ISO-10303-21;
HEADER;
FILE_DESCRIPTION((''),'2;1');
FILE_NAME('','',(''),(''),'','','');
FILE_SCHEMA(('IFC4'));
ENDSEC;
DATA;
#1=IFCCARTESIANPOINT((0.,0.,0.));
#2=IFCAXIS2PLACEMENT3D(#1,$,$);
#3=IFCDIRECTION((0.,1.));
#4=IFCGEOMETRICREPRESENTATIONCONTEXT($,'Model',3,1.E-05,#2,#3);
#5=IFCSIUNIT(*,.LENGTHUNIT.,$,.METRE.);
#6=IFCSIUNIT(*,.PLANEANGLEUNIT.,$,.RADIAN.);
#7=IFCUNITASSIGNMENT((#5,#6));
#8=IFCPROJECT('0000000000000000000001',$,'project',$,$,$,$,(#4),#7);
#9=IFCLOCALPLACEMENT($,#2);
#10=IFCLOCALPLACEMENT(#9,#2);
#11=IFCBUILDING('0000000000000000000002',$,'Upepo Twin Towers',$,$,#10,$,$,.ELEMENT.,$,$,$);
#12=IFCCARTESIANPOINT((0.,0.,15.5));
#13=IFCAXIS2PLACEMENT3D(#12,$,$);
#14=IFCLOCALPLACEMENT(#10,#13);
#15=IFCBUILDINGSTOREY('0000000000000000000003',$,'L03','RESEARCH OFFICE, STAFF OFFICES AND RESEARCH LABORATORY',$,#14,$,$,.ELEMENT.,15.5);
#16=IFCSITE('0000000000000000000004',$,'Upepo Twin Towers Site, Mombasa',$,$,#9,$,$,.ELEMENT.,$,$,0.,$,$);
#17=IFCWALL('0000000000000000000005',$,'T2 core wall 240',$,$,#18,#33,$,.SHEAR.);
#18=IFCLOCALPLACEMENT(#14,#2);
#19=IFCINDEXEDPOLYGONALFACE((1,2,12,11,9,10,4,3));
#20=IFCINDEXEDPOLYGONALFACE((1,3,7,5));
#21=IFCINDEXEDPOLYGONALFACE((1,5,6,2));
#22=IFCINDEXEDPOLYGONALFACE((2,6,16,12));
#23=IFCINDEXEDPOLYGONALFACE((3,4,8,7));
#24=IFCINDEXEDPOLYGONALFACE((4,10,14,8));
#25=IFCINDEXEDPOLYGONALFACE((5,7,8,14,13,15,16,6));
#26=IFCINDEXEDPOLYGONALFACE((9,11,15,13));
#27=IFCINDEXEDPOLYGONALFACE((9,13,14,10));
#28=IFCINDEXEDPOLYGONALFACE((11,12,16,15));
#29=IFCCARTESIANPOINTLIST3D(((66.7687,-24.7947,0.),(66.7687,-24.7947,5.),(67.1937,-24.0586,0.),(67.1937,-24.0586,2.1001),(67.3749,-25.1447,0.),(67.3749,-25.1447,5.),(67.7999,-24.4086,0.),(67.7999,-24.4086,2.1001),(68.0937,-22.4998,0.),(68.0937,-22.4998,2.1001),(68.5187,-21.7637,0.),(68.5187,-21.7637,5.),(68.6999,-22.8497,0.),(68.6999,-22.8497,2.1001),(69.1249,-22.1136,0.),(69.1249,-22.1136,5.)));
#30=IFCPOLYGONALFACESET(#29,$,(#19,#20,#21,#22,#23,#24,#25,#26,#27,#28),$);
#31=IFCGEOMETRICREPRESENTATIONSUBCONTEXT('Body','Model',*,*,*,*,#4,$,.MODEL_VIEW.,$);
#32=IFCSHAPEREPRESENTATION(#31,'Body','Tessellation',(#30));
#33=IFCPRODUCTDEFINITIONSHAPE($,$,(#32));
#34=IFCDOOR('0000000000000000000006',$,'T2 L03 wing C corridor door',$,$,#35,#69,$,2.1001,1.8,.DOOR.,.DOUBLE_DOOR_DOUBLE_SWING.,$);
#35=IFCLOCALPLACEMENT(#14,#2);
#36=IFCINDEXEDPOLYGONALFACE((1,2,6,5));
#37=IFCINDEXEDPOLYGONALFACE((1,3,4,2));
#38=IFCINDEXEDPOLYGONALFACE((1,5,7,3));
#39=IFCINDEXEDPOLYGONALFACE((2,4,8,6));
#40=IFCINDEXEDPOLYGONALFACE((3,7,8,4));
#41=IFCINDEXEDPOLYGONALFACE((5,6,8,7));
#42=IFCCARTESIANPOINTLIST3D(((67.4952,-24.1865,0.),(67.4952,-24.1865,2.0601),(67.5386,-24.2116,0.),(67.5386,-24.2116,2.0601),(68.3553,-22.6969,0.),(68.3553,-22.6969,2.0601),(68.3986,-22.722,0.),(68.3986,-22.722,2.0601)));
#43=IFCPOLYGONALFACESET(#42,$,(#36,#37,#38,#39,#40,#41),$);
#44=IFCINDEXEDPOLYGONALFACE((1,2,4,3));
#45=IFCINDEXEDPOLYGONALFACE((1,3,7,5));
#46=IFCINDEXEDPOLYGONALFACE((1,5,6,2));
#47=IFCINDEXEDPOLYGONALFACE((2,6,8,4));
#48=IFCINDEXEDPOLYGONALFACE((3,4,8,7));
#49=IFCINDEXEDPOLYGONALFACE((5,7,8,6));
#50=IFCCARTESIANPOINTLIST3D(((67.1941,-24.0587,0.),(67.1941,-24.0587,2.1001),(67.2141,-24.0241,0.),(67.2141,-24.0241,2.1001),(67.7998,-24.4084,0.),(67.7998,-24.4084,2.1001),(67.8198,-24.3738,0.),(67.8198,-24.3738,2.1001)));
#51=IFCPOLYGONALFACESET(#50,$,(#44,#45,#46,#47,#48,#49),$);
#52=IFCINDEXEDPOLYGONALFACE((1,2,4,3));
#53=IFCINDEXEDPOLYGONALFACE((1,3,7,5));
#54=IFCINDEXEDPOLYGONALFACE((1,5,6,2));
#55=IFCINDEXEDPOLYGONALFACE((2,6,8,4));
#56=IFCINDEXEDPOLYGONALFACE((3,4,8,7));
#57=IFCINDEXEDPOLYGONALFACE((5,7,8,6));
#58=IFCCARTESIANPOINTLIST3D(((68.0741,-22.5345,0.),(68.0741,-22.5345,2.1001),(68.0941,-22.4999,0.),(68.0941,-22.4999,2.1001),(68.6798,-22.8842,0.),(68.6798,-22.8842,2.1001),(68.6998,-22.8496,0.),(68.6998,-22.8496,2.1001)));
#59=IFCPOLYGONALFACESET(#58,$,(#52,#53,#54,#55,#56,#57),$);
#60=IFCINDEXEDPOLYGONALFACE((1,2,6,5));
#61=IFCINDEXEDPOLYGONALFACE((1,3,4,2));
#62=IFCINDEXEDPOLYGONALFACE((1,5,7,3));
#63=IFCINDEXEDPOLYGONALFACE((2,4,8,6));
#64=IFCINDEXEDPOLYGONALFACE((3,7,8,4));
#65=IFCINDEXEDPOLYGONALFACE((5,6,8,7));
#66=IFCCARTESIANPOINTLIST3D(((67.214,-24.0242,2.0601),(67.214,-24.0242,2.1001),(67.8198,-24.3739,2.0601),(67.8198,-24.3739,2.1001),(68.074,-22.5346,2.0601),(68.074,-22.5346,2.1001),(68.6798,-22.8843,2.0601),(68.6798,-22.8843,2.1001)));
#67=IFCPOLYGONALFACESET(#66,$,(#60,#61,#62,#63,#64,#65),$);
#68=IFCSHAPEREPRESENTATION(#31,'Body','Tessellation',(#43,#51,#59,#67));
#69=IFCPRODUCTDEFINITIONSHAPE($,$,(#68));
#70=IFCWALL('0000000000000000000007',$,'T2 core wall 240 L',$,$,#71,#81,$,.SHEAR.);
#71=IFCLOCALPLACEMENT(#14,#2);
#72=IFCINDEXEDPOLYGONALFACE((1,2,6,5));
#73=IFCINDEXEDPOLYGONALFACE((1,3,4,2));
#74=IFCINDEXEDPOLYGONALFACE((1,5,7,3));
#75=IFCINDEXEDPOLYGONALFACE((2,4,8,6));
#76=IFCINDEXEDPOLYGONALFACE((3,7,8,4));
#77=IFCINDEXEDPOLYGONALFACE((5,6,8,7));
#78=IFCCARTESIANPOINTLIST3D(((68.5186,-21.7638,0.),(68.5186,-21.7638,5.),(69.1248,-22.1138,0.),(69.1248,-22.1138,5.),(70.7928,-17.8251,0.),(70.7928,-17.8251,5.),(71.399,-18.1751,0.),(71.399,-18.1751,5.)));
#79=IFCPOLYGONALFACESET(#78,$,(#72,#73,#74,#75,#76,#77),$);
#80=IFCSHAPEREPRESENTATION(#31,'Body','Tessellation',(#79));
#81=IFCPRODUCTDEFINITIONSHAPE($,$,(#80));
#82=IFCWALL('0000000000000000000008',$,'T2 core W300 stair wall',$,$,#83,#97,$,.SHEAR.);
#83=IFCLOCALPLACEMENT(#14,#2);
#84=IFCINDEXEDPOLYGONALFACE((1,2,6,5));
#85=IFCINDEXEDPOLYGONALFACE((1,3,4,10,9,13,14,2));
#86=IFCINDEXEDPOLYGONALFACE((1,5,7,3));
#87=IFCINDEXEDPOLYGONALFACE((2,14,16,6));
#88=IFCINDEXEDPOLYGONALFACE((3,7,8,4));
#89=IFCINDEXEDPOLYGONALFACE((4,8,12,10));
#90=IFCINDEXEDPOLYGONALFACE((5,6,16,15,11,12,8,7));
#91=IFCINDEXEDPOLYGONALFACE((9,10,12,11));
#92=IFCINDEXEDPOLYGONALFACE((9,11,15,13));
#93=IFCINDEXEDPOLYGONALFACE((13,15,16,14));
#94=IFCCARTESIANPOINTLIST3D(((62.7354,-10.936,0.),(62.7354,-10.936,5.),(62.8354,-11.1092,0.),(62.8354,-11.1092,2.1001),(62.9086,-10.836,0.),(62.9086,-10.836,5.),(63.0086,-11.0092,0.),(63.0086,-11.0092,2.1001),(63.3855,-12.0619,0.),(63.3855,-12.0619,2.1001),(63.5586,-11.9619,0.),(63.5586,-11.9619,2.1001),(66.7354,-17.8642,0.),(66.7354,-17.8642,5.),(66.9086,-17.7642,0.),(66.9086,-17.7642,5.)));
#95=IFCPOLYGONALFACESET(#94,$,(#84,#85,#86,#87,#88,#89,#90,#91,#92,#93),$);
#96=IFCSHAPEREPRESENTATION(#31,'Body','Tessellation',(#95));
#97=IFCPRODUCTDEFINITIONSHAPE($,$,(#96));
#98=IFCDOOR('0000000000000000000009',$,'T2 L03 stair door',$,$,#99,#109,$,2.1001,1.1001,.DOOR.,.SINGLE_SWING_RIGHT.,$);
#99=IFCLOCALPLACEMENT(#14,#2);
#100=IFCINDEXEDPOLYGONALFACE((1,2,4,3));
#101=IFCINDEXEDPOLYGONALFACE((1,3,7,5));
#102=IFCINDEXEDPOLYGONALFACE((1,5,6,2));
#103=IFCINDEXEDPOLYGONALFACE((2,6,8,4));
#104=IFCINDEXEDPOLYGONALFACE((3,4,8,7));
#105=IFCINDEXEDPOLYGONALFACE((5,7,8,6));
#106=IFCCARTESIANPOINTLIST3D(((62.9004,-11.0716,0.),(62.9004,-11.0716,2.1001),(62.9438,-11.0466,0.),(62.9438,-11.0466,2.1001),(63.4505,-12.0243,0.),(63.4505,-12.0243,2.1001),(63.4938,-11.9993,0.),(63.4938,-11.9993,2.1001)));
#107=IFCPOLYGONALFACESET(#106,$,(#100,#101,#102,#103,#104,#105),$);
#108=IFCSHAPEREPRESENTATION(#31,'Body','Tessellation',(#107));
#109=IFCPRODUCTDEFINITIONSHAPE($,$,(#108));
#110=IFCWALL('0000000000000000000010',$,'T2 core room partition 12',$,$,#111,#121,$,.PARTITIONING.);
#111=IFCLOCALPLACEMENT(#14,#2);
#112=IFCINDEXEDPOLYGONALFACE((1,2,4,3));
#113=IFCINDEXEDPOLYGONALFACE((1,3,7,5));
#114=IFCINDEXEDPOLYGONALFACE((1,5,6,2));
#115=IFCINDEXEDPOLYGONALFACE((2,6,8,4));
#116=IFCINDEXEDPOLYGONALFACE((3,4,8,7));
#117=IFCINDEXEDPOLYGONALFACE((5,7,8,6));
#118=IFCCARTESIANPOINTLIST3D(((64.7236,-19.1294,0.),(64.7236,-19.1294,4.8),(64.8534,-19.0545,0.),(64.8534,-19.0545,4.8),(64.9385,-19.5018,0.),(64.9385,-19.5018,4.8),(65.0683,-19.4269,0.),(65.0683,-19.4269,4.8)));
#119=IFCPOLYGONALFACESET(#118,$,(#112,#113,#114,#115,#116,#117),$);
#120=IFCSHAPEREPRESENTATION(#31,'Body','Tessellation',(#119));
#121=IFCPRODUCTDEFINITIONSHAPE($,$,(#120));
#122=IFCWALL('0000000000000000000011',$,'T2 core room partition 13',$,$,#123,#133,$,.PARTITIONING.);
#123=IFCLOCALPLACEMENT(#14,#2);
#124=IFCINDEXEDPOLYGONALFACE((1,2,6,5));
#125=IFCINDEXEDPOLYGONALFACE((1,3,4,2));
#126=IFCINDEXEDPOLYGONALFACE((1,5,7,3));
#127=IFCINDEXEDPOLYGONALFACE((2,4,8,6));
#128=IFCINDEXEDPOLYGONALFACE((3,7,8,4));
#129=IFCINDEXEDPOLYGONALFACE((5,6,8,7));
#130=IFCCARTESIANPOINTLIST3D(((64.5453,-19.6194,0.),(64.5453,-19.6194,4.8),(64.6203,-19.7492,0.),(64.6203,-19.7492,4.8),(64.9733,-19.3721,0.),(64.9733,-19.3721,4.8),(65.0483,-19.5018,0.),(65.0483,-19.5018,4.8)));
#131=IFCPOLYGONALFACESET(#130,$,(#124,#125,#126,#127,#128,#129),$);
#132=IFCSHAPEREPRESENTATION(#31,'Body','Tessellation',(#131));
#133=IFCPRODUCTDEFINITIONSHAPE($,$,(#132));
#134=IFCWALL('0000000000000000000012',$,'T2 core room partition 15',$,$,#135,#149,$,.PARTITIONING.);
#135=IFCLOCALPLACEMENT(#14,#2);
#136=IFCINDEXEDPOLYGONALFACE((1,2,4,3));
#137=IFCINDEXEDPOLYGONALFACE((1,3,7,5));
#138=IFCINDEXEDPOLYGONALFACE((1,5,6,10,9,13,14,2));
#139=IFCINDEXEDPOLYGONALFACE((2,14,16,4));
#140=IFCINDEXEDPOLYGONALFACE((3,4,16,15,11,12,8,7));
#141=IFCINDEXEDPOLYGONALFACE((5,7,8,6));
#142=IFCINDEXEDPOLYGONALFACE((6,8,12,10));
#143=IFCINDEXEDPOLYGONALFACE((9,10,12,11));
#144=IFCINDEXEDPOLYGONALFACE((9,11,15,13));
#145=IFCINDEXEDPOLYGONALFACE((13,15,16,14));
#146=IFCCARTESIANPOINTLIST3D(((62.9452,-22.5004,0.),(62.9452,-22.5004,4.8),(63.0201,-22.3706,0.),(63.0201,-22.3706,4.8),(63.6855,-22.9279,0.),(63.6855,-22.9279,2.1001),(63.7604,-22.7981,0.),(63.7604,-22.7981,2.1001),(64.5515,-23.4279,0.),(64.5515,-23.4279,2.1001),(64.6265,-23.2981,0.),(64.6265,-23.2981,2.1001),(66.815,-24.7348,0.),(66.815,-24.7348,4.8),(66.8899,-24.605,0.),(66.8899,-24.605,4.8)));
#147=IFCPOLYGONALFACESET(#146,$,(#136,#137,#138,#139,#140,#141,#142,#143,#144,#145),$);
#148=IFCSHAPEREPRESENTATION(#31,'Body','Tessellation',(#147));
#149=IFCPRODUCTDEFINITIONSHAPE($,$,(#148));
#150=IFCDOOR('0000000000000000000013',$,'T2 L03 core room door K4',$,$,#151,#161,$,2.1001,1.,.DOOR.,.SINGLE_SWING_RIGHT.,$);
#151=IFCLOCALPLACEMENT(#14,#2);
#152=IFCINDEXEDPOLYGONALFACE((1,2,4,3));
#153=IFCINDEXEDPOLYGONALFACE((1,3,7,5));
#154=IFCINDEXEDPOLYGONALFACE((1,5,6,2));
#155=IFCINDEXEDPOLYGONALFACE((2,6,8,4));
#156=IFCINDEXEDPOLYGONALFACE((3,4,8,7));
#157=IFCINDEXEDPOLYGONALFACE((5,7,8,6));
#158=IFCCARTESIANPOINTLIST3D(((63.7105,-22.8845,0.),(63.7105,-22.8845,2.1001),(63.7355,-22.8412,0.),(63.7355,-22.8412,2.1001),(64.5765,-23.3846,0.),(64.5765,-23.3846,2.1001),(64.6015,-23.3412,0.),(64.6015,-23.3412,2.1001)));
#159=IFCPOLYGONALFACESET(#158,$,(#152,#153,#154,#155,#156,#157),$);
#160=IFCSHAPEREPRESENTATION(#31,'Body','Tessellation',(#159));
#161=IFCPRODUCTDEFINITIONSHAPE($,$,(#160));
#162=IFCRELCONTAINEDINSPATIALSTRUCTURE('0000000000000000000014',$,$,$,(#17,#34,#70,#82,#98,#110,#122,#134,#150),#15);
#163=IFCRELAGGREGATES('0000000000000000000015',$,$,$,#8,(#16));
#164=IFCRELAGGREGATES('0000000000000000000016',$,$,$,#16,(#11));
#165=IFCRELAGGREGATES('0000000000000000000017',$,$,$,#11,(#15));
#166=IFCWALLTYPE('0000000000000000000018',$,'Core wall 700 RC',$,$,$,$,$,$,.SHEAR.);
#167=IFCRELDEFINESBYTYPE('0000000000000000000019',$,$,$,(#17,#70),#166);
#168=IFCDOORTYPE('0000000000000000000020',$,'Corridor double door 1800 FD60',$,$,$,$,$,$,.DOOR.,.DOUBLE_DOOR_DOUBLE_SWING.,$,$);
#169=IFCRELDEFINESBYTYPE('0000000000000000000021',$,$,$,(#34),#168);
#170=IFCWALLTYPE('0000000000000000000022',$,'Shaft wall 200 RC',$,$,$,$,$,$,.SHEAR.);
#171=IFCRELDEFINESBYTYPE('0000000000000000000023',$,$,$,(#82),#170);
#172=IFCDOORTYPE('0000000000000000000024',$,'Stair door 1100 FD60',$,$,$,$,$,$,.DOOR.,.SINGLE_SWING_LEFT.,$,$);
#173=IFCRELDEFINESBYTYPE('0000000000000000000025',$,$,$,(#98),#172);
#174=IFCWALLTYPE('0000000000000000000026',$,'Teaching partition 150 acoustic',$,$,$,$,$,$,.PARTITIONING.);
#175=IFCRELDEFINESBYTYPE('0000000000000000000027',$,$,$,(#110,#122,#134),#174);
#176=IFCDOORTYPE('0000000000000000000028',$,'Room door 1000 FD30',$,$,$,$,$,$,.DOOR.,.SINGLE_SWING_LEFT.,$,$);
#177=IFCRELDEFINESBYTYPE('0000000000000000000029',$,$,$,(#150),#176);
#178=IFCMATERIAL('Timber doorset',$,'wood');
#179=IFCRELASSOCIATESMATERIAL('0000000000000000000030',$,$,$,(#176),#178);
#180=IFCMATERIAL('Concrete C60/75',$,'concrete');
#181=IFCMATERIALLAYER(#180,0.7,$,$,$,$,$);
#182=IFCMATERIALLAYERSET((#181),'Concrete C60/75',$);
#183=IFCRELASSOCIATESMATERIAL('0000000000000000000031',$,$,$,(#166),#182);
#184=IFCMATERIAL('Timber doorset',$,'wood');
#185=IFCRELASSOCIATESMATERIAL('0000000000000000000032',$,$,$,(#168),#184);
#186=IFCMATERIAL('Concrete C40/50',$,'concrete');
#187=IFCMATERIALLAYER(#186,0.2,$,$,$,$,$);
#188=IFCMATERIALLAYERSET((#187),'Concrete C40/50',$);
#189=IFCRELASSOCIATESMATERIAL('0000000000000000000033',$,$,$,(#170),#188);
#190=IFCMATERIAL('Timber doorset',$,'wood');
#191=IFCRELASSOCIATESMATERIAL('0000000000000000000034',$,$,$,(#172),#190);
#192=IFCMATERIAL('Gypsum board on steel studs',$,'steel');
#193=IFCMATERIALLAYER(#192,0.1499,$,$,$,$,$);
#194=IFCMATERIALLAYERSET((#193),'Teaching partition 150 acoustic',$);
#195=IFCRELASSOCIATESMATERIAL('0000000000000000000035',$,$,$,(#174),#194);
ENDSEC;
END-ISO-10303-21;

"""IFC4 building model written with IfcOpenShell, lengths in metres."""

from ifc_helpers import new_model, si_unit, direction, frame, frame_2d, origin, place, context, subcontext, project, spatial, rectangle, extrude, material, layer, layer_set, type_object, element, fill, save


model = new_model("IFC4")

# Units and contexts
model_context = context("Model", 3, precision=1e-05, world=origin(), true_north=direction((0.0, 1.0)))
body_context = subcontext(model_context, "Body", "Model", "MODEL_VIEW")
ifc_project = project(units=[si_unit("LENGTHUNIT", "METRE"), si_unit("PLANEANGLEUNIT", "RADIAN")], contexts=[model_context])

# Site, building, storey
site_placement = place(None, origin())
site = spatial("IfcSite", under=ifc_project, at=site_placement, Name="Upepo Twin Towers Site, Mombasa", CompositionType="ELEMENT", RefElevation=0.0)
building_placement = place(site_placement, origin())
building = spatial("IfcBuilding", under=site, at=building_placement, Name="Upepo Twin Towers", CompositionType="ELEMENT")
storey_placement = place(building_placement, frame((0.0, 0.0, 15.5)))
storey = spatial("IfcBuildingStorey", under=building, at=storey_placement, Name="L03", Description="RESEARCH OFFICE, STAFF OFFICES AND RESEARCH LABORATORY", CompositionType="ELEMENT", Elevation=15.5)

# Wall, opening, door
ifc_material_1 = material(Name="Timber doorset", Category="wood")
door_type_1 = type_object("IfcDoorType", Name="Room door 1000 FD30", OperationType="SINGLE_SWING_LEFT", PredefinedType="DOOR", material=ifc_material_1)
ifc_material_2 = material(Name="Concrete C60/75", Category="concrete")
ifc_layer_1 = layer(ifc_material_2, 0.7)
ifc_layer_set_1 = layer_set([ifc_layer_1], Name="Concrete C60/75")
wall_type_1 = type_object("IfcWallType", Name="Core wall 700 RC", PredefinedType="SHEAR", material=ifc_layer_set_1)
wall_1_placement = place(storey_placement, frame((67.0718, -24.9697, 0.0), z_axis=(0.0, 0.0, 1.0), x_axis=(0.50001, 0.866019, 0.0)))
wall_1 = element("IfcWall", 1, at=wall_1_placement, inside=storey, type_object=wall_type_1, Name="T2 core wall 240", PredefinedType="SHEAR", context=body_context, shape_type="SweptSolid", body=[
    extrude(rectangle(XDim=3.5, YDim=0.7, at=frame_2d((1.75, 0.0))), origin(), (0.0, 0.0, 1.0), 5.0),
])
opening_1_placement = place(wall_1_placement, frame((0.8501, 0.0, 0.0)))
opening_1 = element("IfcOpeningElement", 2, at=opening_1_placement, cuts=wall_1, PredefinedType="OPENING", context=body_context, shape_type="SweptSolid", body=[
    extrude(rectangle(XDim=1.8, YDim=2.1001, at=frame_2d((0.8999, 1.05))), frame((0.0, 0.3599, 0.0), z_axis=(0.0, -1.0, 0.0), x_axis=(1.0, 0.0, 0.0)), (0.0, 0.0, 1.0), 0.72),
])
ifc_material_3 = material(Name="Timber doorset", Category="wood")
door_type_2 = type_object("IfcDoorType", Name="Corridor double door 1800 FD60", OperationType="DOUBLE_DOOR_DOUBLE_SWING", PredefinedType="DOOR", material=ifc_material_3)
door_1_placement = place(opening_1_placement, origin())
door_1 = element("IfcDoor", 3, at=door_1_placement, inside=storey, type_object=door_type_2, Name="T2 L03 wing C corridor door", OperationType="DOUBLE_DOOR_DOUBLE_SWING", OverallHeight=2.1001, OverallWidth=1.8, PredefinedType="DOOR", context=body_context, shape_type="SweptSolid", body=[
    extrude(rectangle(XDim=1.72, YDim=2.0601, at=frame_2d((0.8999, 1.03))), frame((0.0, 0.0249, 0.0), z_axis=(0.0, -1.0, 0.0), x_axis=(1.0, 0.0, 0.0)), (0.0, 0.0, 1.0), 0.05),
    extrude(rectangle(XDim=0.04, YDim=2.1001, at=frame_2d((0.02, 1.05))), frame((0.0, 0.3496, 0.0), z_axis=(0.0, -1.0, 0.0), x_axis=(1.0, 0.0, 0.0)), (0.0, 0.0, 1.0), 0.6995),
    extrude(rectangle(XDim=0.04, YDim=2.1001, at=frame_2d((1.78, 1.05))), frame((0.0, 0.3496, 0.0), z_axis=(0.0, -1.0, 0.0), x_axis=(1.0, 0.0, 0.0)), (0.0, 0.0, 1.0), 0.6995),
    extrude(rectangle(XDim=1.72, YDim=0.04, at=frame_2d((0.8999, 2.0801))), frame((0.0, 0.3496, 0.0), z_axis=(0.0, -1.0, 0.0), x_axis=(1.0, 0.0, 0.0)), (0.0, 0.0, 1.0), 0.6995),
])
fill(opening_1, door_1)

# Wall
wall_2_placement = place(storey_placement, frame((68.8218, -21.9387, 0.0), z_axis=(0.0, 0.0, 1.0), x_axis=(0.500024, 0.866011, 0.0)))
element("IfcWall", 4, at=wall_2_placement, inside=storey, type_object=wall_type_1, Name="T2 core wall 240 L", PredefinedType="SHEAR", context=body_context, shape_type="SweptSolid", body=[
    extrude(rectangle(XDim=4.5481, YDim=0.7, at=frame_2d((2.2739, 0.0))), origin(), (0.0, 0.0, 1.0), 5.0),
])

# Wall, opening, door
ifc_material_4 = material(Name="Concrete C40/50", Category="concrete")
ifc_layer_2 = layer(ifc_material_4, 0.2)
ifc_layer_set_2 = layer_set([ifc_layer_2], Name="Concrete C40/50")
wall_type_2 = type_object("IfcWallType", Name="Shaft wall 200 RC", PredefinedType="SHEAR", material=ifc_layer_set_2)
wall_3_placement = place(storey_placement, frame((66.822, -17.8142, 0.0), z_axis=(0.0, 0.0, 1.0), x_axis=(-0.499999, 0.866026, 0.0)))
wall_3 = element("IfcWall", 5, at=wall_3_placement, inside=storey, type_object=wall_type_2, Name="T2 core W300 stair wall", PredefinedType="SHEAR", context=body_context, shape_type="SweptSolid", body=[
    extrude(rectangle(XDim=8.0, YDim=0.2, at=frame_2d((4.0, 0.0))), origin(), (0.0, 0.0, 1.0), 5.0),
])
opening_2_placement = place(wall_3_placement, frame((6.7, 0.0, 0.0)))
opening_2 = element("IfcOpeningElement", 6, at=opening_2_placement, cuts=wall_3, PredefinedType="OPENING", context=body_context, shape_type="SweptSolid", body=[
    extrude(rectangle(XDim=1.1001, YDim=2.1001, at=frame_2d((0.55, 1.05))), frame((0.0, 0.1099, 0.0), z_axis=(0.0, -1.0, 0.0), x_axis=(1.0, 0.0, 0.0)), (0.0, 0.0, 1.0), 0.22),
])
ifc_material_5 = material(Name="Timber doorset", Category="wood")
door_type_3 = type_object("IfcDoorType", Name="Stair door 1100 FD60", OperationType="SINGLE_SWING_LEFT", PredefinedType="DOOR", material=ifc_material_5)
door_2_placement = place(opening_2_placement, origin())
door_2 = element("IfcDoor", 7, at=door_2_placement, inside=storey, type_object=door_type_3, Name="T2 L03 stair door", OperationType="SINGLE_SWING_RIGHT", OverallHeight=2.1001, OverallWidth=1.1001, PredefinedType="DOOR", context=body_context, shape_type="SweptSolid", body=[
    extrude(rectangle(XDim=1.1001, YDim=2.1001, at=frame_2d((0.55, 1.05))), frame((0.0, 0.0249, 0.0), z_axis=(0.0, -1.0, 0.0), x_axis=(1.0, 0.0, 0.0)), (0.0, 0.0, 1.0), 0.05),
])
fill(opening_2, door_2)

# Walls
ifc_material_6 = material(Name="Gypsum board on steel studs", Category="steel")
ifc_layer_3 = layer(ifc_material_6, 0.1499)
ifc_layer_set_3 = layer_set([ifc_layer_3], Name="Teaching partition 150 acoustic")
wall_type_3 = type_object("IfcWallType", Name="Teaching partition 150 acoustic", PredefinedType="PARTITIONING", material=ifc_layer_set_3)
wall_4_placement = place(storey_placement, frame((64.7886, -19.092, 0.0), z_axis=(0.0, 0.0, 1.0), x_axis=(0.499804, -0.866138, 0.0)))
element("IfcWall", 8, at=wall_4_placement, inside=storey, type_object=wall_type_3, Name="T2 core room partition 12", PredefinedType="PARTITIONING", context=body_context, shape_type="SweptSolid", body=[
    extrude(rectangle(XDim=0.4299, YDim=0.1499, at=frame_2d((0.2148, 0.0))), origin(), (0.0, 0.0, 1.0), 4.8),
])
wall_5_placement = place(storey_placement, frame((65.0107, -19.437, 0.0), z_axis=(0.0, 0.0, 1.0), x_axis=(-0.865832, -0.500335, 0.0)))
element("IfcWall", 9, at=wall_5_placement, inside=storey, type_object=wall_type_3, Name="T2 core room partition 13", PredefinedType="PARTITIONING", context=body_context, shape_type="SweptSolid", body=[
    extrude(rectangle(XDim=0.4944, YDim=0.1499, at=frame_2d((0.2471, 0.0))), origin(), (0.0, 0.0, 1.0), 4.8),
])

# Wall, opening, door
wall_6_placement = place(storey_placement, frame((66.8525, -24.6699, 0.0), z_axis=(0.0, 0.0, 1.0), x_axis=(-0.866015, 0.500017, 0.0)))
wall_6 = element("IfcWall", 10, at=wall_6_placement, inside=storey, type_object=wall_type_3, Name="T2 core room partition 15", PredefinedType="PARTITIONING", context=body_context, shape_type="SweptSolid", body=[
    extrude(rectangle(XDim=4.4685, YDim=0.1499, at=frame_2d((2.2344, 0.0))), origin(), (0.0, 0.0, 1.0), 4.8),
])
opening_3_placement = place(wall_6_placement, frame((2.6138, 0.0, 0.0)))
opening_3 = element("IfcOpeningElement", 11, at=opening_3_placement, cuts=wall_6, PredefinedType="OPENING", context=body_context, shape_type="SweptSolid", body=[
    extrude(rectangle(XDim=1.0, YDim=2.1001, at=frame_2d((0.5, 1.05))), frame((0.0, 0.085, 0.0), z_axis=(0.0, -1.0, 0.0), x_axis=(1.0, 0.0, 0.0)), (0.0, 0.0, 1.0), 0.1699),
])
door_3_placement = place(opening_3_placement, origin())
door_3 = element("IfcDoor", 12, at=door_3_placement, inside=storey, type_object=door_type_1, Name="T2 L03 core room door K4", OperationType="SINGLE_SWING_RIGHT", OverallHeight=2.1001, OverallWidth=1.0, PredefinedType="DOOR", context=body_context, shape_type="SweptSolid", body=[
    extrude(rectangle(XDim=1.0, YDim=2.1001, at=frame_2d((0.5, 1.05))), frame((0.0, 0.0249, 0.0), z_axis=(0.0, -1.0, 0.0), x_axis=(1.0, 0.0, 0.0)), (0.0, 0.0, 1.0), 0.05),
])
fill(opening_3, door_3)

save(model, "model.ifc")
